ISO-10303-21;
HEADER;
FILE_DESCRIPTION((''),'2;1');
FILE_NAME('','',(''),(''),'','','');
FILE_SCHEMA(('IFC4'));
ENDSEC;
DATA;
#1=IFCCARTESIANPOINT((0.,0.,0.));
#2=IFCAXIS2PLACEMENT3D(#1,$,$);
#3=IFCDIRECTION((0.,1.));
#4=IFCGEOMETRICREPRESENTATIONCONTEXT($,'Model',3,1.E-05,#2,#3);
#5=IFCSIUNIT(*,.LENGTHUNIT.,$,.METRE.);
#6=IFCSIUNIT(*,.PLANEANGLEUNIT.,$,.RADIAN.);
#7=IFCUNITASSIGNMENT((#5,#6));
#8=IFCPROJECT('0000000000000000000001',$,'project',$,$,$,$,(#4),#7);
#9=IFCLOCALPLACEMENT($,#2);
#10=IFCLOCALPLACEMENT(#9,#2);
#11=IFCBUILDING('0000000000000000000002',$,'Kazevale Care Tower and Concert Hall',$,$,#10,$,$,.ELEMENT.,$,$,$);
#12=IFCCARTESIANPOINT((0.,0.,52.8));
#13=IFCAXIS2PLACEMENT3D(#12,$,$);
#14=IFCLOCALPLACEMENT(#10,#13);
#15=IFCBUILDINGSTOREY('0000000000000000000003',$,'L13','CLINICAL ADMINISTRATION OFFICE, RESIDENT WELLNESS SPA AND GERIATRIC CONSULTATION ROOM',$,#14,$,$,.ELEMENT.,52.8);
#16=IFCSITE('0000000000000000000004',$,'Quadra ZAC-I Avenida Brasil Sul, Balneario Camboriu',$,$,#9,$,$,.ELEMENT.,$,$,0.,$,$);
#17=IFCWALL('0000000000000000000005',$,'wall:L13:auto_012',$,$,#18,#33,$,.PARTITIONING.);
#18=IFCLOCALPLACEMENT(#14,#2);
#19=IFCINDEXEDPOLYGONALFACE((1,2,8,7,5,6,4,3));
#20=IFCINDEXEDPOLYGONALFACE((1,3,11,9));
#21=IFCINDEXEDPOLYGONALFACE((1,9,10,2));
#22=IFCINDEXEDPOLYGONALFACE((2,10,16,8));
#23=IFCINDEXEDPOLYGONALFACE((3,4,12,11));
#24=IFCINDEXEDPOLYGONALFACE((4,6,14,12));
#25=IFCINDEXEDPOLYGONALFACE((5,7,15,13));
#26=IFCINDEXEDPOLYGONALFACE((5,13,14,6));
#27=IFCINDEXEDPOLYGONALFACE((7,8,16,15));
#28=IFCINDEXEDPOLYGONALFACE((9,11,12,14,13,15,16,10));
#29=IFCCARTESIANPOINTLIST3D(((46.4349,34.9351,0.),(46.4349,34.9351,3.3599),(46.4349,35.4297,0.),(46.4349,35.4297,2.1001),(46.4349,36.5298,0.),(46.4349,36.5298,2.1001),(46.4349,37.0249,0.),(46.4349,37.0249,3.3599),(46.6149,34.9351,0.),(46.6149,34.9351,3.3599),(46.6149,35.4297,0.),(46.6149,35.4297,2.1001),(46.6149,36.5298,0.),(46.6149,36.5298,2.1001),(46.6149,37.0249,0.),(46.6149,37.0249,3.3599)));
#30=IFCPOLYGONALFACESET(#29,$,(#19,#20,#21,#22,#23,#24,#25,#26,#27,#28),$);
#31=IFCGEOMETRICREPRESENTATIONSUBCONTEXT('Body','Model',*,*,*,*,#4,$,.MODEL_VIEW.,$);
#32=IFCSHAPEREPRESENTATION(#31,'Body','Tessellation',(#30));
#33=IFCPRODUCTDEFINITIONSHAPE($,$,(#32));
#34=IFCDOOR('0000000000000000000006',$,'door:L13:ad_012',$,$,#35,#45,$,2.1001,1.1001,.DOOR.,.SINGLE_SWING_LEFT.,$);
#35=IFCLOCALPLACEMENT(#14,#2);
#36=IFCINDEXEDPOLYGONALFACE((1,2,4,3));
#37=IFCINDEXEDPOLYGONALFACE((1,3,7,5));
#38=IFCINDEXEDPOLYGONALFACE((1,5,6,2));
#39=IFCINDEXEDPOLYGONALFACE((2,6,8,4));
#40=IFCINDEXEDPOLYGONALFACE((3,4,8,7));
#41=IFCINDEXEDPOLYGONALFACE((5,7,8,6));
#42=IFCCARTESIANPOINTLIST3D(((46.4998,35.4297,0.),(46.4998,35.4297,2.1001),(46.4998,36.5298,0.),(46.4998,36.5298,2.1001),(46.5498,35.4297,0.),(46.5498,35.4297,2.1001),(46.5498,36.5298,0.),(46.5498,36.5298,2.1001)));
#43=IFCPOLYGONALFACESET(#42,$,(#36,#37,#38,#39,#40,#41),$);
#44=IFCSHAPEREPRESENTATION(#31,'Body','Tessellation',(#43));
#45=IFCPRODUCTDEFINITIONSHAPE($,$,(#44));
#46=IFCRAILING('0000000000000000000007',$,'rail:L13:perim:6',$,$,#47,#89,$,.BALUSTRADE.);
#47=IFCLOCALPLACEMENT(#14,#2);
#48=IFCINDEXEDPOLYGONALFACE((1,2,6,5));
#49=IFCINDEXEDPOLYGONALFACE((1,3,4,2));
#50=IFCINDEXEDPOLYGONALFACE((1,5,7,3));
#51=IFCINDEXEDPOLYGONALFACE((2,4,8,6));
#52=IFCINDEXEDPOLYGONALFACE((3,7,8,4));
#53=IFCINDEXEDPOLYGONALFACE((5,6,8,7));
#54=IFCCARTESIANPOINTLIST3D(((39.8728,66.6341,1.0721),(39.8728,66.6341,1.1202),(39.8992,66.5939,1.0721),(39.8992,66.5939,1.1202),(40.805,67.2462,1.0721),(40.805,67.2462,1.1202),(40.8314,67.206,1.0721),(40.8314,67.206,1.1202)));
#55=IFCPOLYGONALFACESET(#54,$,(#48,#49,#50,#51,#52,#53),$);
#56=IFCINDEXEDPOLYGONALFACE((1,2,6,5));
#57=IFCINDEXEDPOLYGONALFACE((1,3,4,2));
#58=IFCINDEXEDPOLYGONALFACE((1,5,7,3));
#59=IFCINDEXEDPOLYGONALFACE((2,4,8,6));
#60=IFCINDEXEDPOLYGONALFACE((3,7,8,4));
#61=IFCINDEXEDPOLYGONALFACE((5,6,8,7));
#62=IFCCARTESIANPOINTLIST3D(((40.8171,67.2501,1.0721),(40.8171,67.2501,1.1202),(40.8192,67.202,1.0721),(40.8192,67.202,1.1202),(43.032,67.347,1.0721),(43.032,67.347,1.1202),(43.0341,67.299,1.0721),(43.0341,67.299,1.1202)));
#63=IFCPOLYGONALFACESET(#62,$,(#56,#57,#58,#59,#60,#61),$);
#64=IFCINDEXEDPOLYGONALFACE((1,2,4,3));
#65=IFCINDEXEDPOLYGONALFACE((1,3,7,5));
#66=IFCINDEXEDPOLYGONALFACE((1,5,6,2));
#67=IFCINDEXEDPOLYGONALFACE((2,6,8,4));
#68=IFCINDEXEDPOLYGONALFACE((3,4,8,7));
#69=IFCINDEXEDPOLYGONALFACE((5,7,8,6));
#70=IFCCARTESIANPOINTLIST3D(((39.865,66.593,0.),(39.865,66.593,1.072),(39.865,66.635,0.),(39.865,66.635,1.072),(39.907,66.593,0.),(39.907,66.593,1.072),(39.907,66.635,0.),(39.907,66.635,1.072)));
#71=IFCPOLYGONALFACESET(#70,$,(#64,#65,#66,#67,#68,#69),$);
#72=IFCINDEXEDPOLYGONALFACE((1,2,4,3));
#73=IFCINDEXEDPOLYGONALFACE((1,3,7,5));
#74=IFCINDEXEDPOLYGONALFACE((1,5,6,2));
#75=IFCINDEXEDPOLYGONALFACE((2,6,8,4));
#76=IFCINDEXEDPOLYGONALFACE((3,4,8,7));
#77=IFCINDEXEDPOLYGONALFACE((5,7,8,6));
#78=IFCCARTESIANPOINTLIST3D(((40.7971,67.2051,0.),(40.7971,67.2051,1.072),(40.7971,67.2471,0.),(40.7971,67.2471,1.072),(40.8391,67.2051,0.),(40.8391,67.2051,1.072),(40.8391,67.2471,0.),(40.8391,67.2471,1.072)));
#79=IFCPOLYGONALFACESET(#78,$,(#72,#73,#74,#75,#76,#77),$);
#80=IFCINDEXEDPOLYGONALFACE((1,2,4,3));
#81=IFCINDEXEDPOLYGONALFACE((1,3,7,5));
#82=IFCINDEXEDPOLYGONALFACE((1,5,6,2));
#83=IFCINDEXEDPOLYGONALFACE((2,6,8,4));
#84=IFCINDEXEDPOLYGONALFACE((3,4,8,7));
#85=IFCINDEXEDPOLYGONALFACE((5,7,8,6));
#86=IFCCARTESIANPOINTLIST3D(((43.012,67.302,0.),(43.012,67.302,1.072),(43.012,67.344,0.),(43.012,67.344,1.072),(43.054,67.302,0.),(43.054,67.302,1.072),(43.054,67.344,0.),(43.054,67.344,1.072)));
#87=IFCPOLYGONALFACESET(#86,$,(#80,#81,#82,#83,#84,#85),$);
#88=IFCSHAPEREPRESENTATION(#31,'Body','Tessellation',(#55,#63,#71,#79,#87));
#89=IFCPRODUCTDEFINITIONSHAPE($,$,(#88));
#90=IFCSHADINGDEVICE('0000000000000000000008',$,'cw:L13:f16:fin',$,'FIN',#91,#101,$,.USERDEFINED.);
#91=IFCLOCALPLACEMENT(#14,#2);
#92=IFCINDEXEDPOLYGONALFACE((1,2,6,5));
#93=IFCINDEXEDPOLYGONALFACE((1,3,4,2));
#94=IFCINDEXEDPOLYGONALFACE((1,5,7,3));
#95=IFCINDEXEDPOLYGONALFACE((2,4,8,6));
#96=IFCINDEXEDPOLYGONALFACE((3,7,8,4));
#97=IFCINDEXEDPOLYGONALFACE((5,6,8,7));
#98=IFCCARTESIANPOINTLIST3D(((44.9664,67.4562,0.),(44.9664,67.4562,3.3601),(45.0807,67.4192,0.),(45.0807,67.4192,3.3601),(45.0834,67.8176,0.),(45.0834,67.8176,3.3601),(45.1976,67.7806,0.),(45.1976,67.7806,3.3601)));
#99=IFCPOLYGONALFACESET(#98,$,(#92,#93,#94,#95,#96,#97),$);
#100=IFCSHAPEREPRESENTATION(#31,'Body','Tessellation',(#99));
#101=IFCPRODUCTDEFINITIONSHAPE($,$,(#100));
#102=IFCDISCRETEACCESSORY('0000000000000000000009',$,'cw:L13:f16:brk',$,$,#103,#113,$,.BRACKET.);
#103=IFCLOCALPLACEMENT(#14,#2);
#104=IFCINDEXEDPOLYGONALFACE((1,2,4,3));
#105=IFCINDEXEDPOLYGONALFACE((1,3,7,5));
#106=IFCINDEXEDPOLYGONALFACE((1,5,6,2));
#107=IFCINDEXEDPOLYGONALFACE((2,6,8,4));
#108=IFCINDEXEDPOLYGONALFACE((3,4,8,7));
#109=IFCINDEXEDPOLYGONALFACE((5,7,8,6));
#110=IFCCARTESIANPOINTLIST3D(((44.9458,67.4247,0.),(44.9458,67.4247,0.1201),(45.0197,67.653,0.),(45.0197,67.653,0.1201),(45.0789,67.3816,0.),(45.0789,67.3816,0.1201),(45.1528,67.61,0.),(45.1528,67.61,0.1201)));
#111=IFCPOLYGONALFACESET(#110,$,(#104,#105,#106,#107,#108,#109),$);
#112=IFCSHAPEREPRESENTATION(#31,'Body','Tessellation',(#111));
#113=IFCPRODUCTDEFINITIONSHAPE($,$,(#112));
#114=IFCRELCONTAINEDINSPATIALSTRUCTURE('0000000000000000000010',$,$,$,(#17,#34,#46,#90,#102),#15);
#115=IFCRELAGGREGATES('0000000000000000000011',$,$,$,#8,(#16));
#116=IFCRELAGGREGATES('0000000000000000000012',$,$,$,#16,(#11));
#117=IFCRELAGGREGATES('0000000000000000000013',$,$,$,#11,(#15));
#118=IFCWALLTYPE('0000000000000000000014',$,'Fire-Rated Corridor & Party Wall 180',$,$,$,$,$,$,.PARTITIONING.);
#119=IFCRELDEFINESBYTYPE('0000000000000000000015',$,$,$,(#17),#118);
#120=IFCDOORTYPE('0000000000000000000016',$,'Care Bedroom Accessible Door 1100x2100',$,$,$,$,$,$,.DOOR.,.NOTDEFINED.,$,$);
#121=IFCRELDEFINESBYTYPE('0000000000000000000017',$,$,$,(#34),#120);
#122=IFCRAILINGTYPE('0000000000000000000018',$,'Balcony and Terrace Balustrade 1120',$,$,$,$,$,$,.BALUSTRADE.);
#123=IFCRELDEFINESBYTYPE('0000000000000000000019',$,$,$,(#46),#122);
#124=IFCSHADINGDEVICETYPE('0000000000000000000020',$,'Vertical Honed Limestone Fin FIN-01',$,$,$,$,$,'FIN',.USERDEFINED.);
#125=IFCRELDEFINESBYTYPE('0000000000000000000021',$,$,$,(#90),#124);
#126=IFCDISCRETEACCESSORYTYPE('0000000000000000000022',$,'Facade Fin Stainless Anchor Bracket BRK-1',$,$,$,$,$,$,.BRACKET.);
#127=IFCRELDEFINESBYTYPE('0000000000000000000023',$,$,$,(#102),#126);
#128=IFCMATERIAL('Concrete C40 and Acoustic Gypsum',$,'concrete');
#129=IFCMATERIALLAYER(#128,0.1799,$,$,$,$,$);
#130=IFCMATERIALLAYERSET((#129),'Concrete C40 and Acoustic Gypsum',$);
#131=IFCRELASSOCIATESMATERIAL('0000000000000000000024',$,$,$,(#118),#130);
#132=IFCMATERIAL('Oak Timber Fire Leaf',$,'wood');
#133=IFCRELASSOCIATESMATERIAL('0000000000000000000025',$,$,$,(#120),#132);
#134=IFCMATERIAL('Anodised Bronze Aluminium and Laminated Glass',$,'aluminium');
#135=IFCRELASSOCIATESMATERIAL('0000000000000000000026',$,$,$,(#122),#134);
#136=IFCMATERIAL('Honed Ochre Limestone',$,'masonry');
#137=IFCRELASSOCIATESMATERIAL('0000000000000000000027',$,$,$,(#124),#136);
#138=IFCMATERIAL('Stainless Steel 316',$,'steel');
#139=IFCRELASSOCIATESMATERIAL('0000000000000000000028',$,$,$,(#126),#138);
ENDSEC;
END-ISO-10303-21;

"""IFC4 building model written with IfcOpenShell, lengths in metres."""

from ifc_helpers import new_model, si_unit, direction, frame, frame_2d, origin, origin_2d, place, context, subcontext, project, spatial, rectangle, extrude, material, layer, layer_set, type_object, element, fill, save


model = new_model("IFC4")

# Units and contexts
model_context = context("Model", 3, precision=1e-05, world=origin(), true_north=direction((0.0, 1.0)))
body_context = subcontext(model_context, "Body", "Model", "MODEL_VIEW")
ifc_project = project(units=[si_unit("LENGTHUNIT", "METRE"), si_unit("PLANEANGLEUNIT", "RADIAN")], contexts=[model_context])

# Site, building, storey
site_placement = place(None, origin())
site = spatial("IfcSite", under=ifc_project, at=site_placement, Name="Quadra ZAC-I Avenida Brasil Sul, Balneario Camboriu", CompositionType="ELEMENT", RefElevation=0.0)
building_placement = place(site_placement, origin())
building = spatial("IfcBuilding", under=site, at=building_placement, Name="Kazevale Care Tower and Concert Hall", CompositionType="ELEMENT")
storey_placement = place(building_placement, frame((0.0, 0.0, 52.8)))
storey = spatial("IfcBuildingStorey", under=building, at=storey_placement, Name="L13", Description="CLINICAL ADMINISTRATION OFFICE, RESIDENT WELLNESS SPA AND GERIATRIC CONSULTATION ROOM", CompositionType="ELEMENT", Elevation=52.8)

# Wall, opening, door
ifc_material_1 = material(Name="Concrete C40 and Acoustic Gypsum", Category="concrete")
ifc_layer_1 = layer(ifc_material_1, 0.1799)
ifc_layer_set_1 = layer_set([ifc_layer_1], Name="Concrete C40 and Acoustic Gypsum")
wall_type_1 = type_object("IfcWallType", Name="Fire-Rated Corridor & Party Wall 180", PredefinedType="PARTITIONING", material=ifc_layer_set_1)
ifc_material_2 = material(Name="Oak Timber Fire Leaf", Category="wood")
door_type = type_object("IfcDoorType", Name="Care Bedroom Accessible Door 1100x2100", OperationType="NOTDEFINED", PredefinedType="DOOR", material=ifc_material_2)
wall_1_placement = place(storey_placement, frame((46.5249, 37.0249, 0.0), z_axis=(0.0, 0.0, 1.0), x_axis=(0.0, -1.0, 0.0)))
wall_1 = element("IfcWall", 1, at=wall_1_placement, inside=storey, type_object=wall_type_1, Name="wall:L13:auto_012", PredefinedType="PARTITIONING", context=body_context, shape_type="SweptSolid", body=[
    extrude(rectangle(XDim=2.0898, YDim=0.1799, at=frame_2d((1.0449, 0.0))), origin(), (0.0, 0.0, 1.0), 3.3599),
])
opening_1_placement = place(wall_1_placement, frame((0.4951, 0.0, 0.0)))
opening_1 = element("IfcOpeningElement", 2, at=opening_1_placement, cuts=wall_1, PredefinedType="OPENING", context=body_context, shape_type="SweptSolid", body=[
    extrude(rectangle(XDim=1.1001, YDim=2.1001, at=frame_2d((0.55, 1.05))), frame((0.0, 0.0999, 0.0), z_axis=(0.0, -1.0, 0.0), x_axis=(1.0, 0.0, 0.0)), (0.0, 0.0, 1.0), 0.2),
])
door_1_placement = place(opening_1_placement, origin())
door_1 = element("IfcDoor", 3, at=door_1_placement, inside=storey, type_object=door_type, Name="door:L13:ad_012", OperationType="SINGLE_SWING_LEFT", OverallHeight=2.1001, OverallWidth=1.1001, PredefinedType="DOOR", context=body_context, shape_type="SweptSolid", body=[
    extrude(rectangle(XDim=1.1001, YDim=2.1001, at=frame_2d((0.55, 1.05))), frame((0.0, 0.0249, 0.0), z_axis=(0.0, -1.0, 0.0), x_axis=(1.0, 0.0, 0.0)), (0.0, 0.0, 1.0), 0.05),
])
fill(opening_1, door_1)

# Railing
ifc_material_3 = material(Name="Anodised Bronze Aluminium and Laminated Glass", Category="aluminium")
railing_type = type_object("IfcRailingType", Name="Balcony and Terrace Balustrade 1120", PredefinedType="BALUSTRADE", material=ifc_material_3)
railing_placement = place(storey_placement, frame((39.886, 66.614, 0.0)))
element("IfcRailing", 4, at=railing_placement, inside=storey, type_object=railing_type, Name="rail:L13:perim:6", PredefinedType="BALUSTRADE", context=body_context, shape_type="SweptSolid", body=[
    extrude(rectangle(XDim=0.0481, YDim=0.0481, at=origin_2d()), frame((0.0, 0.0, 1.0962), z_axis=(0.835904, 0.548876, 0.0), x_axis=(-0.548876, 0.835904, 0.0)), (0.0, 0.0, 1.0), 1.1152),
    extrude(rectangle(XDim=0.0481, YDim=0.0481, at=origin_2d()), frame((0.9321, 0.6121, 1.0962), z_axis=(0.999044, 0.043719, 0.0), x_axis=(-0.043719, 0.999044, 0.0)), (0.0, 0.0, 1.0), 2.217),
    extrude(rectangle(XDim=0.042, YDim=0.042, at=origin_2d()), origin(), (0.0, 0.0, 1.0), 1.072),
    extrude(rectangle(XDim=0.042, YDim=0.042, at=origin_2d()), frame((0.9321, 0.6121, 0.0)), (0.0, 0.0, 1.0), 1.072),
    extrude(rectangle(XDim=0.042, YDim=0.042, at=origin_2d()), frame((3.147, 0.709, 0.0)), (0.0, 0.0, 1.0), 1.072),
])

# Shading device
ifc_material_4 = material(Name="Honed Ochre Limestone", Category="masonry")
shading_device_type = type_object("IfcShadingDeviceType", Name="Vertical Honed Limestone Fin FIN-01", ElementType="FIN", PredefinedType="USERDEFINED", material=ifc_material_4)
shading_device_placement = place(storey_placement, frame((45.082, 67.6184, 0.0), z_axis=(0.0, 0.0, 1.0), x_axis=(0.307855, 0.951433, 0.0)))
element("IfcShadingDevice", 5, at=shading_device_placement, inside=storey, type_object=shading_device_type, Name="cw:L13:f16:fin", ObjectType="FIN", PredefinedType="USERDEFINED", context=body_context, shape_type="SweptSolid", body=[
    extrude(rectangle(XDim=0.3799, YDim=0.1201, at=origin_2d()), origin(), (0.0, 0.0, 1.0), 3.3601),
])

# Discrete accessory
ifc_material_5 = material(Name="Stainless Steel 316", Category="steel")
discrete_accessory_type = type_object("IfcDiscreteAccessoryType", Name="Facade Fin Stainless Anchor Bracket BRK-1", PredefinedType="BRACKET", material=ifc_material_5)
discrete_accessory_placement = place(storey_placement, frame((45.0493, 67.5173, 0.0), z_axis=(0.0, 0.0, 1.0), x_axis=(0.307855, 0.951433, 0.0)))
element("IfcDiscreteAccessory", 6, at=discrete_accessory_placement, inside=storey, type_object=discrete_accessory_type, Name="cw:L13:f16:brk", PredefinedType="BRACKET", context=body_context, shape_type="SweptSolid", body=[
    extrude(rectangle(XDim=0.24, YDim=0.1399, at=origin_2d()), origin(), (0.0, 0.0, 1.0), 0.1201),
])

save(model, "model.ifc")
